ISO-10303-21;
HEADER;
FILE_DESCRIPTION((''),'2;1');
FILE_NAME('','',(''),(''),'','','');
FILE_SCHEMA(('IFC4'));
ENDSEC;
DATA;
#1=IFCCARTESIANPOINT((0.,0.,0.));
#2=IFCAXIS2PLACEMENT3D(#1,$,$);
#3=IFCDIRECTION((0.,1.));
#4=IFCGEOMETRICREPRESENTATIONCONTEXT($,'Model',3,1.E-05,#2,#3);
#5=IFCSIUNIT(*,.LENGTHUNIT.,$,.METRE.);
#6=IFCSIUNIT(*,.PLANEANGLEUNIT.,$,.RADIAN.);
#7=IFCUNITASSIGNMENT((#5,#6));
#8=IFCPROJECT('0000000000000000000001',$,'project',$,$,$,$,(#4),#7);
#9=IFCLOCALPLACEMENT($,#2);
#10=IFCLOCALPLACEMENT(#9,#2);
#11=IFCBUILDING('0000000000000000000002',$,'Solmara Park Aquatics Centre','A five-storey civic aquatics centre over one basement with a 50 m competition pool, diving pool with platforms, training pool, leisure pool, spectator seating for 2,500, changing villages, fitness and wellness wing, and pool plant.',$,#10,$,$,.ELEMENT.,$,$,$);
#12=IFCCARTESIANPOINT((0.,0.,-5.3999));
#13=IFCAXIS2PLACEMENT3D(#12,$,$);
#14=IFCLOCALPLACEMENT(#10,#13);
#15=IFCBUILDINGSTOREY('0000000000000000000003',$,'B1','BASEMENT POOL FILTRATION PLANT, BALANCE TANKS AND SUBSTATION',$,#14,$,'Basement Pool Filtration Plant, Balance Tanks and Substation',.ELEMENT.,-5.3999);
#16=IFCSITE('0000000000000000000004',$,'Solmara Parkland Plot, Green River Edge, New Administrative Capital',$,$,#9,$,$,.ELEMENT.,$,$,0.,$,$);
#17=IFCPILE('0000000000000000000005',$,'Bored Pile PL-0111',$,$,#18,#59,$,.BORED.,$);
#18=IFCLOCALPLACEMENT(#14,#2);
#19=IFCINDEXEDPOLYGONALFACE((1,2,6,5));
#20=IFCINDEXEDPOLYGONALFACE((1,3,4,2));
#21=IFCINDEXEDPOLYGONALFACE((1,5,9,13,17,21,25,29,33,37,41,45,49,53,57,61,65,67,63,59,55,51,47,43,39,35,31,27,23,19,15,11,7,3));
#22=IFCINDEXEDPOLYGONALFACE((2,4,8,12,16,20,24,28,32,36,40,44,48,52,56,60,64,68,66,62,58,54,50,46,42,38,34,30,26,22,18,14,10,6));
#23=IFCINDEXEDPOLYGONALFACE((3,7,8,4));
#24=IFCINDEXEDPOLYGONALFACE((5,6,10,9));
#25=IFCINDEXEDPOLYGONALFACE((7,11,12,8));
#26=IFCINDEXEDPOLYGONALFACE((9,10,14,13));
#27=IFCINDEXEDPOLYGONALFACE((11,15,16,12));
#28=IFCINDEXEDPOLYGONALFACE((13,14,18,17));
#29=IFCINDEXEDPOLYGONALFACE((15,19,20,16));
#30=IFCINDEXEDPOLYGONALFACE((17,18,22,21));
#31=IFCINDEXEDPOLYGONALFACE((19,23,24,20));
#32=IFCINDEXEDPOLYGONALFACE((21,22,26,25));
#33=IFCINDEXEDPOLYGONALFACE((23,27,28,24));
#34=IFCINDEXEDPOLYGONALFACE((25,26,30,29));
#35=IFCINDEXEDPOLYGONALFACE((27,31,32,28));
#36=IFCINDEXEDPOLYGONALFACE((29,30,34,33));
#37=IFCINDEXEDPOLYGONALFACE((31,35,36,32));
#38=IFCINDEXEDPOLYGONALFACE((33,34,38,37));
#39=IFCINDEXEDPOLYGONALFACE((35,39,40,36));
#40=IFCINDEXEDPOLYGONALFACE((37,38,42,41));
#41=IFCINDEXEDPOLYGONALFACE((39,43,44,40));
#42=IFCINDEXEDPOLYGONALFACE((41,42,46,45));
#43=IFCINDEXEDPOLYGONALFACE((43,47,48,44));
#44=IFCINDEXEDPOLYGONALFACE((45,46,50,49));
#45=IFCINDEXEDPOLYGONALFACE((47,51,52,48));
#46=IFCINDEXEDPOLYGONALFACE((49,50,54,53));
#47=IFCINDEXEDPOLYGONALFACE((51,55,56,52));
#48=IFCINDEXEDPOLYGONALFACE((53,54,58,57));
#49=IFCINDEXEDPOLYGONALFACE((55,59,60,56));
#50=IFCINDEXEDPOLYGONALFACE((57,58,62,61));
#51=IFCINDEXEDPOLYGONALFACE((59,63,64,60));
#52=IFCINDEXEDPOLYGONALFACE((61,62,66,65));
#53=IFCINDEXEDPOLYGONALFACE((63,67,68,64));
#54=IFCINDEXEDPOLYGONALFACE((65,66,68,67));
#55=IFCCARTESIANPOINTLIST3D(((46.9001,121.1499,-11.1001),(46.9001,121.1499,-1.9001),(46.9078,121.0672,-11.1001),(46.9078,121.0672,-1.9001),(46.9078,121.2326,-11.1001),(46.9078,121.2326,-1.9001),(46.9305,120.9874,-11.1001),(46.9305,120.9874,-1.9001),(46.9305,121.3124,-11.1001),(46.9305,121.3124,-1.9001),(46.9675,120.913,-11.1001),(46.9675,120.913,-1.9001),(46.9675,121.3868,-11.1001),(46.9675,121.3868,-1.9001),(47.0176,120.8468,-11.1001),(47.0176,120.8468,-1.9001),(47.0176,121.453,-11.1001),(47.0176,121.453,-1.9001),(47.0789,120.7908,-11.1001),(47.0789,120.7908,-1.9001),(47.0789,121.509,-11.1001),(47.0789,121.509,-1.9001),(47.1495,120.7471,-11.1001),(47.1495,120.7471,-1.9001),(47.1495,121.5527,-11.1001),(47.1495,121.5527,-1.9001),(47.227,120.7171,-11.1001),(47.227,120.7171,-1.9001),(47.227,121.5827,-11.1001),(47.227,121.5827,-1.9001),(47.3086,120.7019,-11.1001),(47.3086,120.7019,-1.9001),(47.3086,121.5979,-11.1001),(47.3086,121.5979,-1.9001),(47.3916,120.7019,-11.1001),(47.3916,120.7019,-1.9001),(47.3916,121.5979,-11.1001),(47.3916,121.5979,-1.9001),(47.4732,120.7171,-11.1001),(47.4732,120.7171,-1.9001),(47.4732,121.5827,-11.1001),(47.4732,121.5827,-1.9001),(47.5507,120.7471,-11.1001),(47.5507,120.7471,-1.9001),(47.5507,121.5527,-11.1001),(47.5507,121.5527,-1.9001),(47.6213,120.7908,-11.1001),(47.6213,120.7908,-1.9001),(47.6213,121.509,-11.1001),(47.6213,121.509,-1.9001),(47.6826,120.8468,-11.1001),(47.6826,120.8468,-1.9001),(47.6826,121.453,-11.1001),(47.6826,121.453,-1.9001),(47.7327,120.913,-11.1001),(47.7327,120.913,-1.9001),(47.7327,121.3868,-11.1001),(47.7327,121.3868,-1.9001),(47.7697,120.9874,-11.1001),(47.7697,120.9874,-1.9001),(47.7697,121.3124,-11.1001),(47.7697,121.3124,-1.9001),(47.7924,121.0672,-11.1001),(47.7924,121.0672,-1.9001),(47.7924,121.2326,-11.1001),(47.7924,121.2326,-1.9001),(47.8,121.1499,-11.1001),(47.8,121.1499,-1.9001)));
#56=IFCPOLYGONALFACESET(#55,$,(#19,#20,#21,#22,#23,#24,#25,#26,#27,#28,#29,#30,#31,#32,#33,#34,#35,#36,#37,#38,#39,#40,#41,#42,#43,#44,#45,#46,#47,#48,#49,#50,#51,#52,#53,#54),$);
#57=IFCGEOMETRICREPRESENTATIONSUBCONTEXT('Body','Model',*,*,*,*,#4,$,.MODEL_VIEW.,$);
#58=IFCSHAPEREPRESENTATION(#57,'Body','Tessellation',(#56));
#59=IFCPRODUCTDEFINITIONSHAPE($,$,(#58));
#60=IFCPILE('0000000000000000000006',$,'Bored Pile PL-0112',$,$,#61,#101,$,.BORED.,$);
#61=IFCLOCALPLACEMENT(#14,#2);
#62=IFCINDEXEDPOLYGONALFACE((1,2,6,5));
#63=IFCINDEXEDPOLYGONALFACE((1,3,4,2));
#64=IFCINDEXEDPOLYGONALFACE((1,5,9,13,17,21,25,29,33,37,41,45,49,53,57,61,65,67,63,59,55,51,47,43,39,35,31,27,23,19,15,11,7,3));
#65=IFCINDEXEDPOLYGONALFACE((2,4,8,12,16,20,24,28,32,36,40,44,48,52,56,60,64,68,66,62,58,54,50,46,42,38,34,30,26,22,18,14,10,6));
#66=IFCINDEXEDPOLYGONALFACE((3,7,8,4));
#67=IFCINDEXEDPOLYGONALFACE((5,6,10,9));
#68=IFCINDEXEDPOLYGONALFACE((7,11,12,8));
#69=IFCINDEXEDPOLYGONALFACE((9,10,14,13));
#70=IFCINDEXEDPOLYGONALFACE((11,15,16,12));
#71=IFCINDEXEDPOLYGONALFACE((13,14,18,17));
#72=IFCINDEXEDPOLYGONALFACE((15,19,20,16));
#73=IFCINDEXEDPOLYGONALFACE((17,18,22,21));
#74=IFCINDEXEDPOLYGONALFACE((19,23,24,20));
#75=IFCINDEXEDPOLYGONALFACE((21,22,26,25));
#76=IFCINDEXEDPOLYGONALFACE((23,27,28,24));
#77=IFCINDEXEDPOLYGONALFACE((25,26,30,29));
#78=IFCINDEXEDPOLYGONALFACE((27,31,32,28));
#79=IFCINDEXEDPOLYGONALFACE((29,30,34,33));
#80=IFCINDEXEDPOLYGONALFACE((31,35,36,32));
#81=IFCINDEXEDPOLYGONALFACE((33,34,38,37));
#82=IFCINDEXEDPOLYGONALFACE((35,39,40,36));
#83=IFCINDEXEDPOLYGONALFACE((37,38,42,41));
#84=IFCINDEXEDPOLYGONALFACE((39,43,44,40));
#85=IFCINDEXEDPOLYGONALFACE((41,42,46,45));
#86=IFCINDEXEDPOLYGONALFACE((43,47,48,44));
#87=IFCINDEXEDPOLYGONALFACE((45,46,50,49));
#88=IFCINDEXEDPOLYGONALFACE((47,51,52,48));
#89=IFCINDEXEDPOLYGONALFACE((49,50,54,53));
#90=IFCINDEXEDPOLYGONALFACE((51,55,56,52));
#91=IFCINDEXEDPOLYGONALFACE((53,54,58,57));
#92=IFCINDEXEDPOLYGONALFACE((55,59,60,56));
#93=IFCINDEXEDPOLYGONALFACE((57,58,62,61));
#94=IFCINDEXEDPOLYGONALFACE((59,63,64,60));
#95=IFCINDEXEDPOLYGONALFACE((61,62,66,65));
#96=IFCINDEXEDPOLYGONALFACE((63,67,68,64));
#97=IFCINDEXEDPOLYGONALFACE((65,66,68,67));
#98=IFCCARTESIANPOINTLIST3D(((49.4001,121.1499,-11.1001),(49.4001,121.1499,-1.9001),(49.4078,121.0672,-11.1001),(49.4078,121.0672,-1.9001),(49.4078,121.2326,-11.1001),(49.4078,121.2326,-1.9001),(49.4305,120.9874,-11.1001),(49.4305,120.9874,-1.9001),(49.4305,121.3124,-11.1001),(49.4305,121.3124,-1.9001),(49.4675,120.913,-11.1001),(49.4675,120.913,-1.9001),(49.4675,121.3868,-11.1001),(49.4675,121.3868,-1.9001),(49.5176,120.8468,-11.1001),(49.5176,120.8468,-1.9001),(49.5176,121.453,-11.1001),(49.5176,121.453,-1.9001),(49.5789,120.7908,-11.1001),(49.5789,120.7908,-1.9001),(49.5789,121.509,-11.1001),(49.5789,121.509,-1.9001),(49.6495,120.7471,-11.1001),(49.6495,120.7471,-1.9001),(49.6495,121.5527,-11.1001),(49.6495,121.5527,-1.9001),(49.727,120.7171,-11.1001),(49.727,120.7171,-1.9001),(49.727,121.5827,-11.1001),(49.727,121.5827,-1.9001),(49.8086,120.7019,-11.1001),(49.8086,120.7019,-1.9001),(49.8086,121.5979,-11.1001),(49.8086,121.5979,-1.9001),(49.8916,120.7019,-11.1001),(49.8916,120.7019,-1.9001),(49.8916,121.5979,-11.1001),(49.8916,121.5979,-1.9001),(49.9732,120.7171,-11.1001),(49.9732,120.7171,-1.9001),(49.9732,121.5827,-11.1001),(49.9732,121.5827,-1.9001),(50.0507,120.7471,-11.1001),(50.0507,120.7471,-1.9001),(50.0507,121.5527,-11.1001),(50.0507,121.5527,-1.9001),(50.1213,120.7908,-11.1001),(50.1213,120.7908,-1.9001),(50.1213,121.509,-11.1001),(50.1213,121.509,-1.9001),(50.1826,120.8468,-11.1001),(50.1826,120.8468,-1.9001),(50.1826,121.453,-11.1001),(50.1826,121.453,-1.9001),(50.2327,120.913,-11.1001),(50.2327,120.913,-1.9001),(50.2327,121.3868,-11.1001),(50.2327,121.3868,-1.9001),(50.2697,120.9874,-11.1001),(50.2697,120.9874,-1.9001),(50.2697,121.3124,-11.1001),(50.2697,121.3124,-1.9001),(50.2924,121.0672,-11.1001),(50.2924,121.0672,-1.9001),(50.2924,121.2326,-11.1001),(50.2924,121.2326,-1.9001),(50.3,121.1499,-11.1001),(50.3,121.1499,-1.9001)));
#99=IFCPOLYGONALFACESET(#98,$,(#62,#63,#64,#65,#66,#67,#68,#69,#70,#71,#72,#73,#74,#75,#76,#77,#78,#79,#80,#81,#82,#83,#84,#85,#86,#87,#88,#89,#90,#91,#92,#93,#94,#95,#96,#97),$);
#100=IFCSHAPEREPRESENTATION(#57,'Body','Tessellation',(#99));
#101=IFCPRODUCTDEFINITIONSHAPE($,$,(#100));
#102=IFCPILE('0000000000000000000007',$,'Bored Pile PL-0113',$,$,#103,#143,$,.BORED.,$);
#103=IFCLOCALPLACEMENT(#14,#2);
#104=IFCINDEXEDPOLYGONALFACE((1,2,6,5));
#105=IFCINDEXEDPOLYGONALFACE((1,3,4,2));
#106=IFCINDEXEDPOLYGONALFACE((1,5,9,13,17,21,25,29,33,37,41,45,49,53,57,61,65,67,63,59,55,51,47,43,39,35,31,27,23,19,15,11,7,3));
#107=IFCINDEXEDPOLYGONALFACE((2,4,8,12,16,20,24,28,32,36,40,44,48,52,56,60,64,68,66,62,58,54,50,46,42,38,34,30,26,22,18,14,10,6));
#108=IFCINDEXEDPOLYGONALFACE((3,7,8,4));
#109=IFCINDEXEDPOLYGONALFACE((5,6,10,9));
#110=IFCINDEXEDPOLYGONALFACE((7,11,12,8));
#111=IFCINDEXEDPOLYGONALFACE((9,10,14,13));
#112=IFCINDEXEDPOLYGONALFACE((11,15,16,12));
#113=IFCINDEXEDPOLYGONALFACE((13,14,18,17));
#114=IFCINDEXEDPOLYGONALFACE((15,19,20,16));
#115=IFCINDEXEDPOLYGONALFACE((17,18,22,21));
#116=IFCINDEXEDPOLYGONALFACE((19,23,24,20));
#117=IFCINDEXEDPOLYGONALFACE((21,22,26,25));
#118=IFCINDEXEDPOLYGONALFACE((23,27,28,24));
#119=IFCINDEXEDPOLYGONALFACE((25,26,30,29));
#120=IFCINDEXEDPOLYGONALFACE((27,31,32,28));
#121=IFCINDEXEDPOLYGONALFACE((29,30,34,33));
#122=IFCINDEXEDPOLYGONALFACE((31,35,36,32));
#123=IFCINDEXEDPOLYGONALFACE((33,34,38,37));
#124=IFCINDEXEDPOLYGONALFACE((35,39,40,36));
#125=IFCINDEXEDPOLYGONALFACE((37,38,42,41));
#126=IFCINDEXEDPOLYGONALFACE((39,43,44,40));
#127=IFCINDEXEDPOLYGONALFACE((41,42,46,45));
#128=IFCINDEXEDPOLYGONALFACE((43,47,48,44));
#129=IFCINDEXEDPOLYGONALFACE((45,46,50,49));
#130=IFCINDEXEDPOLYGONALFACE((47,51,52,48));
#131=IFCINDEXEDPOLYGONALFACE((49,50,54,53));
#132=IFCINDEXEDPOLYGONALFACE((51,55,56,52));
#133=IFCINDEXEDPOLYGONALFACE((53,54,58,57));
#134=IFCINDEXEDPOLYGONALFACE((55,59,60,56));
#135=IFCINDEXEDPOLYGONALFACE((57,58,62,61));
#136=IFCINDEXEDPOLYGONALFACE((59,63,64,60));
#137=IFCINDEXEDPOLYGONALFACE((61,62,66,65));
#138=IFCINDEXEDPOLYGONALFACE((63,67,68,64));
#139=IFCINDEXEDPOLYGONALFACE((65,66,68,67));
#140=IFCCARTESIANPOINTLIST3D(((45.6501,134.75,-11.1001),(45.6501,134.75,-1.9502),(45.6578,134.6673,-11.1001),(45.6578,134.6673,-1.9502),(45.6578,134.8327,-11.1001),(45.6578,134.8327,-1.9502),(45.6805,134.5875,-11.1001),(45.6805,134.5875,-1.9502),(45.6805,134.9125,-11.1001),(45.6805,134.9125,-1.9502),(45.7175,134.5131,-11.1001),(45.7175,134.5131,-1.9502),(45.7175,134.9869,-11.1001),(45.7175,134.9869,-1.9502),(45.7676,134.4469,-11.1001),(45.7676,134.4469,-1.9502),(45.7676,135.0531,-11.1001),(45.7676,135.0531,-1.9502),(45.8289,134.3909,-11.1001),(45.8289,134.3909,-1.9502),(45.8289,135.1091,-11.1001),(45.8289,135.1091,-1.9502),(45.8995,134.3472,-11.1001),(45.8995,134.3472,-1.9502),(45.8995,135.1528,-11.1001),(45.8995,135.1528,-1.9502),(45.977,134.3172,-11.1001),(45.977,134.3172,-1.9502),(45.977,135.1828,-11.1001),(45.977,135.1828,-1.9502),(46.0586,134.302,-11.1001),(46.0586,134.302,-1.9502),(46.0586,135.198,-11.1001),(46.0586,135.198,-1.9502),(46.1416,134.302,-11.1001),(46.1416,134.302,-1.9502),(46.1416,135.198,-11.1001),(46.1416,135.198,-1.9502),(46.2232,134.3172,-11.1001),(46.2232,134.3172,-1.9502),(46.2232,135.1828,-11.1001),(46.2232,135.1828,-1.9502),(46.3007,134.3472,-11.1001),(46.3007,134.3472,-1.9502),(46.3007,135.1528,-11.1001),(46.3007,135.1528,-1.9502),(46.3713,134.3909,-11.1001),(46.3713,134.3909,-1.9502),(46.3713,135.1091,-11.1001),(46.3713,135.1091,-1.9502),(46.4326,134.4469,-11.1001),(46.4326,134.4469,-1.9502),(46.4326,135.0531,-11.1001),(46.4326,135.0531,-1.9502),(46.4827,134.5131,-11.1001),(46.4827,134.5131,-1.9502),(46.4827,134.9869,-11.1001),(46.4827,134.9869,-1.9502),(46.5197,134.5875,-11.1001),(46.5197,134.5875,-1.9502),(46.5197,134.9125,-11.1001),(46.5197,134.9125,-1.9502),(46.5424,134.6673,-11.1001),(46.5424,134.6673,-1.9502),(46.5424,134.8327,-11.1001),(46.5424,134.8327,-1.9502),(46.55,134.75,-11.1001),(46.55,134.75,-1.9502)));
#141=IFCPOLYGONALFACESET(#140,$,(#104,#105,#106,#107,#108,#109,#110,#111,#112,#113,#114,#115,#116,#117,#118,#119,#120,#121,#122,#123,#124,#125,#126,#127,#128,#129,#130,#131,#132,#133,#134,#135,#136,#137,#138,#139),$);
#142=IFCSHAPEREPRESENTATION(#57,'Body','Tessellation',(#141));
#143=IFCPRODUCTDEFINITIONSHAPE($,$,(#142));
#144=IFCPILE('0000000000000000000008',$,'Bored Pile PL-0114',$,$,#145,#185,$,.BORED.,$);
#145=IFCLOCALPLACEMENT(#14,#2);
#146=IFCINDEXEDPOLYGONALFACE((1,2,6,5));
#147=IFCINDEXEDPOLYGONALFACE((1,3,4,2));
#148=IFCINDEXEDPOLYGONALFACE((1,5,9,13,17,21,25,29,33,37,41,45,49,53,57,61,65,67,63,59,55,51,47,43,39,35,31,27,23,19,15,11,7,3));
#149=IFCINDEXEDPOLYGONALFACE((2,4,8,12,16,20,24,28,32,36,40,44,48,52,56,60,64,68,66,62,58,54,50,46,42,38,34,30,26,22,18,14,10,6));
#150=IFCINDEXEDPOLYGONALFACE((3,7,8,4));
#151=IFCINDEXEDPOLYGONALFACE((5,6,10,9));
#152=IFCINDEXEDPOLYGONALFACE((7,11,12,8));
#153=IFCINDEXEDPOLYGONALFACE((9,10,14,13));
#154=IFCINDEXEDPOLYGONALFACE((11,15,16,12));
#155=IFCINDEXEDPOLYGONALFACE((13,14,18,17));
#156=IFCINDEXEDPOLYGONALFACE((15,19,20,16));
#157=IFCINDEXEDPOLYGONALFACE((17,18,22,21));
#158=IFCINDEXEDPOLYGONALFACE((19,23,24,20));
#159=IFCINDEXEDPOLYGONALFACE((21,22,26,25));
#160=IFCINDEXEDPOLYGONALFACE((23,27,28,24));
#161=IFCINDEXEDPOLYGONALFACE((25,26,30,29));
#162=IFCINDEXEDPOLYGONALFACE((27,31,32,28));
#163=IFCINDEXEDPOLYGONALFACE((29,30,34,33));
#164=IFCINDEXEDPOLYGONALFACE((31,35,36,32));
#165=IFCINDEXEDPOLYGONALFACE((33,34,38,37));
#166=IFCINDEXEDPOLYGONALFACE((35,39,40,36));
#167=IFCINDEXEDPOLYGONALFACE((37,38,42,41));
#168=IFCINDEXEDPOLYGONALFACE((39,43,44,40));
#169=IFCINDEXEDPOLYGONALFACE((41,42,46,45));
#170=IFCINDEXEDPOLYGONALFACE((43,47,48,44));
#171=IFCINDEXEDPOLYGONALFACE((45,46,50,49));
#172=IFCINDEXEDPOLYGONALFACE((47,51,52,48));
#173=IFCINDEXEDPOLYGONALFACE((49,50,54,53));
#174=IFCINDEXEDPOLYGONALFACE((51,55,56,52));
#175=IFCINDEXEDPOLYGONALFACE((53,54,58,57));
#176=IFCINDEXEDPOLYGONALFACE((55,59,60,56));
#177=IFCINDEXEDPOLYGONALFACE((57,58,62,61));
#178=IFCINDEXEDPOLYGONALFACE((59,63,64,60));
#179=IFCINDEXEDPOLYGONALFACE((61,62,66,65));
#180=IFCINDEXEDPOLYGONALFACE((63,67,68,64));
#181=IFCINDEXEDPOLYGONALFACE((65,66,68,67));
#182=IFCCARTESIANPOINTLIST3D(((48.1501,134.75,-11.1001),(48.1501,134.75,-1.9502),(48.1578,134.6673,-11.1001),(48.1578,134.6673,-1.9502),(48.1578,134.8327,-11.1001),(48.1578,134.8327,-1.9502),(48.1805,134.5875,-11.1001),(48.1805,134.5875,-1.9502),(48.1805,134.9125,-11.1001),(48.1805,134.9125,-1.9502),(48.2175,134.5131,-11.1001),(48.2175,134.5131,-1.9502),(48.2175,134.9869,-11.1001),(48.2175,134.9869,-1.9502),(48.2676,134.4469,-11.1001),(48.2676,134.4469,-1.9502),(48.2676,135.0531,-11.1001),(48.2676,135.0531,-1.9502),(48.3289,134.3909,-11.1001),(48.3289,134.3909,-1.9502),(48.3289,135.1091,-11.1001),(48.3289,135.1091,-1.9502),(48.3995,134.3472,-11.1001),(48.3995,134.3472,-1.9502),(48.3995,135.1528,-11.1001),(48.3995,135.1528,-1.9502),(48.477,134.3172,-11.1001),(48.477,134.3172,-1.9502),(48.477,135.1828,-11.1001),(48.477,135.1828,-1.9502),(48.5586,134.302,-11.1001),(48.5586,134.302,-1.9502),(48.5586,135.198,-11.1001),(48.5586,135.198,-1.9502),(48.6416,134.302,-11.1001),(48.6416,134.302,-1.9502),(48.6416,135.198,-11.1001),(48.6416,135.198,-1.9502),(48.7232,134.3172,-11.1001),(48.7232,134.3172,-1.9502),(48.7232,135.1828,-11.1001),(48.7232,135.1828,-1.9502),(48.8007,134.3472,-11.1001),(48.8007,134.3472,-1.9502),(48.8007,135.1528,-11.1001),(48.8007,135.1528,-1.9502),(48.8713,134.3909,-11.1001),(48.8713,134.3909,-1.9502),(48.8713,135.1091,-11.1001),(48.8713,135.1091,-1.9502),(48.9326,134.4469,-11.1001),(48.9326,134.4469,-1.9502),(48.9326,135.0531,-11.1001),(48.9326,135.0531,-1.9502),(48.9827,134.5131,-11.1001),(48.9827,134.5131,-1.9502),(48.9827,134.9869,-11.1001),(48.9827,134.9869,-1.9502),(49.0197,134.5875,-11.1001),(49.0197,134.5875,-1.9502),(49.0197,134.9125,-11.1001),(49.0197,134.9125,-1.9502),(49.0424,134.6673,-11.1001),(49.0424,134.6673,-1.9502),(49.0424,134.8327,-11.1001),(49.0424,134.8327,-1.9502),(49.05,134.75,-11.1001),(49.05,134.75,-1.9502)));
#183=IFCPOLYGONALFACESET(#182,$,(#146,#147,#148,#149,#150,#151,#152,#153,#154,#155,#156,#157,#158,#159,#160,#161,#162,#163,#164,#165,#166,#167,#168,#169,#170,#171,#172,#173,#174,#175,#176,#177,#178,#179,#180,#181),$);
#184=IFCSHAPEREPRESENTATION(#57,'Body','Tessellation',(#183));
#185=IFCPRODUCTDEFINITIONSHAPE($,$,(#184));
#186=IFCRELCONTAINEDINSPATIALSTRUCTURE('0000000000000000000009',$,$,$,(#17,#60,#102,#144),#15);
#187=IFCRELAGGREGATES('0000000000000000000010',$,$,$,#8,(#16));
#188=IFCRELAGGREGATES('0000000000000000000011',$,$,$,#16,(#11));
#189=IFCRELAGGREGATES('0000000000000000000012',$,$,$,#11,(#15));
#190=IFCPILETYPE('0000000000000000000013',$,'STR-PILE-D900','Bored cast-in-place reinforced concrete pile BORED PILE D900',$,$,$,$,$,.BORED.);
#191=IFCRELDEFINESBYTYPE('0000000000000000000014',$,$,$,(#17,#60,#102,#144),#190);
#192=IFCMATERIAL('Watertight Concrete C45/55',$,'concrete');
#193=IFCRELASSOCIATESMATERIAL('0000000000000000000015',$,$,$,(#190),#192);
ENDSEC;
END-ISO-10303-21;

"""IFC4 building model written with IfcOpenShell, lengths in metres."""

from ifc_helpers import new_model, si_unit, direction, frame, origin, origin_2d, place, context, subcontext, project, spatial, circle, extrude, material, material_profile, profile_set, type_object, element, save


model = new_model("IFC4")

# Units and contexts
model_context = context("Model", 3, precision=1e-05, world=origin(), true_north=direction((0.0, 1.0)))
body_context = subcontext(model_context, "Body", "Model", "MODEL_VIEW")
ifc_project = project(units=[si_unit("LENGTHUNIT", "METRE"), si_unit("PLANEANGLEUNIT", "RADIAN")], contexts=[model_context])

# Site, building, storey
site_placement = place(None, origin())
site = spatial("IfcSite", under=ifc_project, at=site_placement, Name="Solmara Parkland Plot, Green River Edge, New Administrative Capital", CompositionType="ELEMENT", RefElevation=0.0)
building_placement = place(site_placement, origin())
building = spatial("IfcBuilding", under=site, at=building_placement, Name="Solmara Park Aquatics Centre", Description="A five-storey civic aquatics centre over one basement with a 50 m competition pool, diving pool with platforms, training pool, leisure pool, spectator seating for 2,500, changing villages, fitness and wellness wing, and pool plant.", CompositionType="ELEMENT")
storey_placement = place(building_placement, frame((0.0, 0.0, -5.3999)))
storey = spatial("IfcBuildingStorey", under=building, at=storey_placement, Name="B1", Description="BASEMENT POOL FILTRATION PLANT, BALANCE TANKS AND SUBSTATION", LongName="Basement Pool Filtration Plant, Balance Tanks and Substation", CompositionType="ELEMENT", Elevation=-5.3999)

# Shared definitions
ifc_material_1 = material(Name="Watertight Concrete C45/55", Category="concrete")

# Piles
ifc_material_profile_1 = material_profile(ifc_material_1, circle(Radius=0.45, at=origin_2d()), Name="BORED PILE D900")
ifc_profile_set_1 = profile_set([ifc_material_profile_1], Name="Watertight Concrete C45/55")
pile_type_1 = type_object("IfcPileType", Name="STR-PILE-D900", Description="Bored cast-in-place reinforced concrete pile BORED PILE D900", PredefinedType="BORED", material=ifc_profile_set_1)
for number, where, z_axis, x_axis, name in (
    (1, (47.3501, 121.1499, -1.9001), (0.0, 0.0, -1.0), (1.0, 0.0, 0.0), "Bored Pile PL-0111"),
    (2, (49.8501, 121.1499, -1.9001), (0.0, 0.0, -1.0), (1.0, 0.0, 0.0), "Bored Pile PL-0112"),
):
    element("IfcPile", number, at=place(storey_placement, frame(where, z_axis=z_axis, x_axis=x_axis)), inside=storey, type_object=pile_type_1, Name=name, PredefinedType="BORED", context=body_context, shape_type="SweptSolid", body=[
        extrude(circle(Radius=0.45, at=origin_2d()), origin(), (0.0, 0.0, 1.0), 9.2),
    ])
for number, where, z_axis, x_axis, name in (
    (3, (46.1001, 134.75, -1.9502), (0.0, 0.0, -1.0), (1.0, 0.0, 0.0), "Bored Pile PL-0113"),
    (4, (48.6001, 134.75, -1.9502), (0.0, 0.0, -1.0), (1.0, 0.0, 0.0), "Bored Pile PL-0114"),
):
    element("IfcPile", number, at=place(storey_placement, frame(where, z_axis=z_axis, x_axis=x_axis)), inside=storey, type_object=pile_type_1, Name=name, PredefinedType="BORED", context=body_context, shape_type="SweptSolid", body=[
        extrude(circle(Radius=0.45, at=origin_2d()), origin(), (0.0, 0.0, 1.0), 9.1499),
    ])

save(model, "model.ifc")
